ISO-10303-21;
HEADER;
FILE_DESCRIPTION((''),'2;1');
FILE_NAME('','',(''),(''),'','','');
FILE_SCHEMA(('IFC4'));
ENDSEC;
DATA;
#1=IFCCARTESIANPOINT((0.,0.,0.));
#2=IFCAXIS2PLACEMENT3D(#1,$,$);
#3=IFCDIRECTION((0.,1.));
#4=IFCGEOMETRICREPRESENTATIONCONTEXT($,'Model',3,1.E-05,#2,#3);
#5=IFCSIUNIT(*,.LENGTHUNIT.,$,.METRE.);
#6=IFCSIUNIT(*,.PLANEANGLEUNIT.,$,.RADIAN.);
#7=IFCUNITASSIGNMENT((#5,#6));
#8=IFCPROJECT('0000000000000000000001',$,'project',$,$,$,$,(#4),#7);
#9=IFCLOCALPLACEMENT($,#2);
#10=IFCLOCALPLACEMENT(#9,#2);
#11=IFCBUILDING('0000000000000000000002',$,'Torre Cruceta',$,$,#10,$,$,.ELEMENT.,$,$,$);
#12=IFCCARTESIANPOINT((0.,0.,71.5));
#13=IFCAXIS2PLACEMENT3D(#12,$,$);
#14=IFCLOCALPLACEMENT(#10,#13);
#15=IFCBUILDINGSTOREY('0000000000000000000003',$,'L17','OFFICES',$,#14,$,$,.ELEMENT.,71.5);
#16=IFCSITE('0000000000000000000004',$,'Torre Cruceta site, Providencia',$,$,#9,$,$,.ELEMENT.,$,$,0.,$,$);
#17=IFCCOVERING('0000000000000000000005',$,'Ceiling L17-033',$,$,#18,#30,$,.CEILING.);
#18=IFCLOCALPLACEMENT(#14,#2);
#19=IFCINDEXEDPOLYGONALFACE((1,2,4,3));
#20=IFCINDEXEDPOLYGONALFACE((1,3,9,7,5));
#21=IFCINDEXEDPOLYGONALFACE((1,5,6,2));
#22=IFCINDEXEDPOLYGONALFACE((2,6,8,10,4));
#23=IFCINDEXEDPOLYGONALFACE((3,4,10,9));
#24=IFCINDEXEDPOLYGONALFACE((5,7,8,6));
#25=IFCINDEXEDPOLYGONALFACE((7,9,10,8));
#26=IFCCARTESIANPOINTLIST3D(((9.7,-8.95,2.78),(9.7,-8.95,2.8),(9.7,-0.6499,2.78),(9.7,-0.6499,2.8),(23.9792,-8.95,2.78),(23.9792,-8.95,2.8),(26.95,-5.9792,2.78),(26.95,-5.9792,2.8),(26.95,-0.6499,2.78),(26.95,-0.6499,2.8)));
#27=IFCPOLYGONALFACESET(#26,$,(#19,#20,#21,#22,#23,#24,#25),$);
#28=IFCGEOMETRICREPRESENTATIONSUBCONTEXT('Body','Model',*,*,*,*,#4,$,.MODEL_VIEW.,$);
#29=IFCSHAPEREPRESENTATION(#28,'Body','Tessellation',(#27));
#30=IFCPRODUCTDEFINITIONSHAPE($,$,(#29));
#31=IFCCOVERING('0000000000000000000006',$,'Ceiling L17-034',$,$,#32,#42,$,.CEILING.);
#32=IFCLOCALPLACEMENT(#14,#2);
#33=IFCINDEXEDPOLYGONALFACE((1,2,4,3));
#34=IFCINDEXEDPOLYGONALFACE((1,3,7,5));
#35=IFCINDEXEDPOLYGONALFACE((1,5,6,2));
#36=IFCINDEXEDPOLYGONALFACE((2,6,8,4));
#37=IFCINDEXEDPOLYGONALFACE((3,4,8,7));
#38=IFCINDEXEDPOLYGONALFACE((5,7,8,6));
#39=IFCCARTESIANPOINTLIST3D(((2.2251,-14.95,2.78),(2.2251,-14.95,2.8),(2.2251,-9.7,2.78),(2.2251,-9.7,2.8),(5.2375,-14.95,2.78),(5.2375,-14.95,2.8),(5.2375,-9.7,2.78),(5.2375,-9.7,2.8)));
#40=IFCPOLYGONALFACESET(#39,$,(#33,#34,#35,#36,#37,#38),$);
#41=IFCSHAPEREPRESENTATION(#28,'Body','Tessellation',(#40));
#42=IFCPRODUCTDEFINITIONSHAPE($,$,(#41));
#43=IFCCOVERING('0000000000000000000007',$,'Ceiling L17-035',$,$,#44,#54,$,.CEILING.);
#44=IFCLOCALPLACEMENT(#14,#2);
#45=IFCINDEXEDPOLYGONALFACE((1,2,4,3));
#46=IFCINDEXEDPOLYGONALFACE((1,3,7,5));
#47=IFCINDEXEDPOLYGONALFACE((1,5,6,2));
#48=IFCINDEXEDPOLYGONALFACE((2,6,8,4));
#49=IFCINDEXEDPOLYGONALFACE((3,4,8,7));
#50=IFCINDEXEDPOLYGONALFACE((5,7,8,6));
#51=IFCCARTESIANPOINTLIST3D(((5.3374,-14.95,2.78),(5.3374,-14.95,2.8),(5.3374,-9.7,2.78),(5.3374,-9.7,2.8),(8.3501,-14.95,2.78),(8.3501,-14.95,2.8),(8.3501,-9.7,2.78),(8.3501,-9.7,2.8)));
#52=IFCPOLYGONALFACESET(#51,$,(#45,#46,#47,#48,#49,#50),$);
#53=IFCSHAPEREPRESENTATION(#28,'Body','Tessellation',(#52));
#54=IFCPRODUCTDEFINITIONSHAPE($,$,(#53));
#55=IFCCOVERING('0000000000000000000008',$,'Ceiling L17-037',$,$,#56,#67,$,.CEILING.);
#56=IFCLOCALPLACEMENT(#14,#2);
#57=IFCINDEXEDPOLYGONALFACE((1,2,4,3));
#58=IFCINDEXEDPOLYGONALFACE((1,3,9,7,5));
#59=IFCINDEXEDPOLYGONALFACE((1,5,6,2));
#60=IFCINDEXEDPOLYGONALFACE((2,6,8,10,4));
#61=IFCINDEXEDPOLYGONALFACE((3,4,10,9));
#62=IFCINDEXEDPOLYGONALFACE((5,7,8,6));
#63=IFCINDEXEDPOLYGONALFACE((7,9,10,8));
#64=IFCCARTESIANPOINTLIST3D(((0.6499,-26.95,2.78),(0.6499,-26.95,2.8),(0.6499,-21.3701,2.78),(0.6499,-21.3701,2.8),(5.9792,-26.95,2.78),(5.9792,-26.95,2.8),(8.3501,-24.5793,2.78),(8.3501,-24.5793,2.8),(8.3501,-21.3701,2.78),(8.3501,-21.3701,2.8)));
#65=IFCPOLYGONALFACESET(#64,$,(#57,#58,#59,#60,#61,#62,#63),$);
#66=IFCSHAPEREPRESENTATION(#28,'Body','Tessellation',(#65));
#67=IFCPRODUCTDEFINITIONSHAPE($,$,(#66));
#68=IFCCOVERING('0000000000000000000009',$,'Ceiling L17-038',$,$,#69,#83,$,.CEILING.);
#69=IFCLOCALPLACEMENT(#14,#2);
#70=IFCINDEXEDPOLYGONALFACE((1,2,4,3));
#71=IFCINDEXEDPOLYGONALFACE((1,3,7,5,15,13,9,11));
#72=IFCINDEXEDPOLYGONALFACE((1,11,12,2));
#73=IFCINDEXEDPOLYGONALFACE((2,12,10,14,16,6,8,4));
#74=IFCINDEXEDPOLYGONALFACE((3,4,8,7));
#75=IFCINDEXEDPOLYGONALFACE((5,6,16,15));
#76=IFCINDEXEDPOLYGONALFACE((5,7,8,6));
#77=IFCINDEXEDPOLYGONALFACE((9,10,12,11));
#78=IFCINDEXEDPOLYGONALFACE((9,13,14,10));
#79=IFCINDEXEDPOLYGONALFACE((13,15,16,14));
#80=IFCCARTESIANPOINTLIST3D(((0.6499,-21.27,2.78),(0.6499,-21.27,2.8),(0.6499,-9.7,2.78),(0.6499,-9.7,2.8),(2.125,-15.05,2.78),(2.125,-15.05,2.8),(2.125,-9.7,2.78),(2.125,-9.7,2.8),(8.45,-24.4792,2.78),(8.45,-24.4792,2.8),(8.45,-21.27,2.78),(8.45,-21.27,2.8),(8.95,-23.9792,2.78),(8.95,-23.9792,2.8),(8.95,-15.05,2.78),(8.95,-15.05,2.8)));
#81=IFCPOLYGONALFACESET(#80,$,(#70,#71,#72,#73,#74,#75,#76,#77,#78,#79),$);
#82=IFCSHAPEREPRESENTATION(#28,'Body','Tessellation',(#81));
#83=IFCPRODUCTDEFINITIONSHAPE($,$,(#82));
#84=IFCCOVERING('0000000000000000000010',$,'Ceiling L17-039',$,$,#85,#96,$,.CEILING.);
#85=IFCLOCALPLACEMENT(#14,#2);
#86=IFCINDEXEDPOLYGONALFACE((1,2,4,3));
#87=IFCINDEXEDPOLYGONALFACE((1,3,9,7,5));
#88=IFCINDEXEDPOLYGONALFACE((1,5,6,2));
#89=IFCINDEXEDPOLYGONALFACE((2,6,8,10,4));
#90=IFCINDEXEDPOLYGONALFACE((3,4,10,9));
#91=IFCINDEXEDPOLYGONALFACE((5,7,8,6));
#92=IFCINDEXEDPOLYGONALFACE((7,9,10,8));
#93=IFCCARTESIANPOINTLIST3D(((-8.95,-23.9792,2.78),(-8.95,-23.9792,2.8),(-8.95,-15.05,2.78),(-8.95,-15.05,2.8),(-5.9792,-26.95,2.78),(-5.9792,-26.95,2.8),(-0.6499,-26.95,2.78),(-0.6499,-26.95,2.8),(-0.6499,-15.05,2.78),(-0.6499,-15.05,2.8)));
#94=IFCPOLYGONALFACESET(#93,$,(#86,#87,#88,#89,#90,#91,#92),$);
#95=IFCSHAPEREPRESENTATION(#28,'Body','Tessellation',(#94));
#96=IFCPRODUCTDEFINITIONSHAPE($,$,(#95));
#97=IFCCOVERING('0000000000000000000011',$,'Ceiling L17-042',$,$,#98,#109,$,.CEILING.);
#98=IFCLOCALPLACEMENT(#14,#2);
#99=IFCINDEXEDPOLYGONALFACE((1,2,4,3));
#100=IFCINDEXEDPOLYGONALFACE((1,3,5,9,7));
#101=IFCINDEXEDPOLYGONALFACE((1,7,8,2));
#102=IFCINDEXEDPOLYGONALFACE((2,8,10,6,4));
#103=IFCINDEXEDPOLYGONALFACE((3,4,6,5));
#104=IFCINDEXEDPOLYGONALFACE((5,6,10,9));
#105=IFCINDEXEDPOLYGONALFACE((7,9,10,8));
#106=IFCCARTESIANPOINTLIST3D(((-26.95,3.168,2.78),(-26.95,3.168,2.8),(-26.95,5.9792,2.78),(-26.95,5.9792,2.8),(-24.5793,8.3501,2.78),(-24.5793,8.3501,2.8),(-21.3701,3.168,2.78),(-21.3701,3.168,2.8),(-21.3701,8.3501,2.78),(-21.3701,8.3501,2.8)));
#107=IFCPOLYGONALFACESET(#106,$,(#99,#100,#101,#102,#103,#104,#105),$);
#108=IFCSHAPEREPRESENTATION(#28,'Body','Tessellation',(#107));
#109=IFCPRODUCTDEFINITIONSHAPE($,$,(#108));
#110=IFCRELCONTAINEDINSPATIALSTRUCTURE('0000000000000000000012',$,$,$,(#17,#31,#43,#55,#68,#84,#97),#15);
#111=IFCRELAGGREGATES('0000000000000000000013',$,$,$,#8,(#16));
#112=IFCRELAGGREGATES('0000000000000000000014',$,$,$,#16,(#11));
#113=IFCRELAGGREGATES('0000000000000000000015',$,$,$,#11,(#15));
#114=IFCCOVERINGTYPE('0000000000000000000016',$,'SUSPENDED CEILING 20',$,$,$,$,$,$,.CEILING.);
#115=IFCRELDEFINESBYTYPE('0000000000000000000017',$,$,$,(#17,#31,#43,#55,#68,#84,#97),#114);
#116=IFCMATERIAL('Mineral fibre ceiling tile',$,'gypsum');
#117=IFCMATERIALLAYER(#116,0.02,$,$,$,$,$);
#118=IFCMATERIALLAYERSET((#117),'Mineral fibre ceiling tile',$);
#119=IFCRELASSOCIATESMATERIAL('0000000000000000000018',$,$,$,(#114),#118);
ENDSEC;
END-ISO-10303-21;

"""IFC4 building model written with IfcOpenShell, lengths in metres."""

from ifc_helpers import new_model, si_unit, direction, frame, origin, place, context, subcontext, project, spatial, polyline, outline, extrude, material, layer, layer_set, type_object, element, save


model = new_model("IFC4")

# Units and contexts
model_context = context("Model", 3, precision=1e-05, world=origin(), true_north=direction((0.0, 1.0)))
body_context = subcontext(model_context, "Body", "Model", "MODEL_VIEW")
ifc_project = project(units=[si_unit("LENGTHUNIT", "METRE"), si_unit("PLANEANGLEUNIT", "RADIAN")], contexts=[model_context])

# Site, building, storey
site_placement = place(None, origin())
site = spatial("IfcSite", under=ifc_project, at=site_placement, Name="Torre Cruceta site, Providencia", CompositionType="ELEMENT", RefElevation=0.0)
building_placement = place(site_placement, origin())
building = spatial("IfcBuilding", under=site, at=building_placement, Name="Torre Cruceta", CompositionType="ELEMENT")
storey_placement = place(building_placement, frame((0.0, 0.0, 71.5)))
storey = spatial("IfcBuildingStorey", under=building, at=storey_placement, Name="L17", Description="OFFICES", CompositionType="ELEMENT", Elevation=71.5)

# Coverings
ifc_material_1 = material(Name="Mineral fibre ceiling tile", Category="gypsum")
ifc_layer_1 = layer(ifc_material_1, 0.02)
ifc_layer_set_1 = layer_set([ifc_layer_1], Name="Mineral fibre ceiling tile")
covering_type_1 = type_object("IfcCoveringType", Name="SUSPENDED CEILING 20", PredefinedType="CEILING", material=ifc_layer_set_1)
covering_1_placement = place(storey_placement, frame((0.0, 0.0, 2.78)))
element("IfcCovering", 1, at=covering_1_placement, inside=storey, type_object=covering_type_1, Name="Ceiling L17-033", PredefinedType="CEILING", context=body_context, shape_type="SweptSolid", body=[
    extrude(outline(polyline([(26.95, -5.9792), (23.9792, -8.95), (9.7, -8.95), (9.7, -0.6499), (26.95, -0.6499), (26.95, -5.9792)])), origin(), (0.0, 0.0, 1.0), 0.02),
])
covering_2_placement = place(storey_placement, frame((0.0, 0.0, 2.78)))
element("IfcCovering", 2, at=covering_2_placement, inside=storey, type_object=covering_type_1, Name="Ceiling L17-034", PredefinedType="CEILING", context=body_context, shape_type="SweptSolid", body=[
    extrude(outline(polyline([(2.2251, -9.7), (5.2375, -9.7), (5.2375, -14.95), (2.2251, -14.95), (2.2251, -9.7)])), origin(), (0.0, 0.0, 1.0), 0.02),
])
covering_3_placement = place(storey_placement, frame((0.0, 0.0, 2.78)))
element("IfcCovering", 3, at=covering_3_placement, inside=storey, type_object=covering_type_1, Name="Ceiling L17-035", PredefinedType="CEILING", context=body_context, shape_type="SweptSolid", body=[
    extrude(outline(polyline([(5.3374, -9.7), (8.3501, -9.7), (8.3501, -14.95), (5.3374, -14.95), (5.3374, -9.7)])), origin(), (0.0, 0.0, 1.0), 0.02),
])
covering_4_placement = place(storey_placement, frame((0.0, 0.0, 2.78)))
element("IfcCovering", 4, at=covering_4_placement, inside=storey, type_object=covering_type_1, Name="Ceiling L17-037", PredefinedType="CEILING", context=body_context, shape_type="SweptSolid", body=[
    extrude(outline(polyline([(0.6499, -26.95), (0.6499, -21.3701), (8.3501, -21.3701), (8.3501, -24.5793), (5.9792, -26.95), (0.6499, -26.95)])), origin(), (0.0, 0.0, 1.0), 0.02),
])
covering_5_placement = place(storey_placement, frame((0.0, 0.0, 2.78)))
element("IfcCovering", 5, at=covering_5_placement, inside=storey, type_object=covering_type_1, Name="Ceiling L17-038", PredefinedType="CEILING", context=body_context, shape_type="SweptSolid", body=[
    extrude(outline(polyline([(2.125, -9.7), (2.125, -15.05), (8.95, -15.05), (8.95, -23.9792), (8.45, -24.4792), (8.45, -21.27), (0.6499, -21.27), (0.6499, -9.7), (2.125, -9.7)])), origin(), (0.0, 0.0, 1.0), 0.02),
])
covering_6_placement = place(storey_placement, frame((0.0, 0.0, 2.78)))
element("IfcCovering", 6, at=covering_6_placement, inside=storey, type_object=covering_type_1, Name="Ceiling L17-039", PredefinedType="CEILING", context=body_context, shape_type="SweptSolid", body=[
    extrude(outline(polyline([(-8.95, -23.9792), (-8.95, -15.05), (-0.6499, -15.05), (-0.6499, -26.95), (-5.9792, -26.95), (-8.95, -23.9792)])), origin(), (0.0, 0.0, 1.0), 0.02),
])
covering_7_placement = place(storey_placement, frame((0.0, 0.0, 2.78)))
element("IfcCovering", 7, at=covering_7_placement, inside=storey, type_object=covering_type_1, Name="Ceiling L17-042", PredefinedType="CEILING", context=body_context, shape_type="SweptSolid", body=[
    extrude(outline(polyline([(-24.5793, 8.3501), (-21.3701, 8.3501), (-21.3701, 3.168), (-26.95, 3.168), (-26.95, 5.9792), (-24.5793, 8.3501)])), origin(), (0.0, 0.0, 1.0), 0.02),
])

save(model, "model.ifc")
